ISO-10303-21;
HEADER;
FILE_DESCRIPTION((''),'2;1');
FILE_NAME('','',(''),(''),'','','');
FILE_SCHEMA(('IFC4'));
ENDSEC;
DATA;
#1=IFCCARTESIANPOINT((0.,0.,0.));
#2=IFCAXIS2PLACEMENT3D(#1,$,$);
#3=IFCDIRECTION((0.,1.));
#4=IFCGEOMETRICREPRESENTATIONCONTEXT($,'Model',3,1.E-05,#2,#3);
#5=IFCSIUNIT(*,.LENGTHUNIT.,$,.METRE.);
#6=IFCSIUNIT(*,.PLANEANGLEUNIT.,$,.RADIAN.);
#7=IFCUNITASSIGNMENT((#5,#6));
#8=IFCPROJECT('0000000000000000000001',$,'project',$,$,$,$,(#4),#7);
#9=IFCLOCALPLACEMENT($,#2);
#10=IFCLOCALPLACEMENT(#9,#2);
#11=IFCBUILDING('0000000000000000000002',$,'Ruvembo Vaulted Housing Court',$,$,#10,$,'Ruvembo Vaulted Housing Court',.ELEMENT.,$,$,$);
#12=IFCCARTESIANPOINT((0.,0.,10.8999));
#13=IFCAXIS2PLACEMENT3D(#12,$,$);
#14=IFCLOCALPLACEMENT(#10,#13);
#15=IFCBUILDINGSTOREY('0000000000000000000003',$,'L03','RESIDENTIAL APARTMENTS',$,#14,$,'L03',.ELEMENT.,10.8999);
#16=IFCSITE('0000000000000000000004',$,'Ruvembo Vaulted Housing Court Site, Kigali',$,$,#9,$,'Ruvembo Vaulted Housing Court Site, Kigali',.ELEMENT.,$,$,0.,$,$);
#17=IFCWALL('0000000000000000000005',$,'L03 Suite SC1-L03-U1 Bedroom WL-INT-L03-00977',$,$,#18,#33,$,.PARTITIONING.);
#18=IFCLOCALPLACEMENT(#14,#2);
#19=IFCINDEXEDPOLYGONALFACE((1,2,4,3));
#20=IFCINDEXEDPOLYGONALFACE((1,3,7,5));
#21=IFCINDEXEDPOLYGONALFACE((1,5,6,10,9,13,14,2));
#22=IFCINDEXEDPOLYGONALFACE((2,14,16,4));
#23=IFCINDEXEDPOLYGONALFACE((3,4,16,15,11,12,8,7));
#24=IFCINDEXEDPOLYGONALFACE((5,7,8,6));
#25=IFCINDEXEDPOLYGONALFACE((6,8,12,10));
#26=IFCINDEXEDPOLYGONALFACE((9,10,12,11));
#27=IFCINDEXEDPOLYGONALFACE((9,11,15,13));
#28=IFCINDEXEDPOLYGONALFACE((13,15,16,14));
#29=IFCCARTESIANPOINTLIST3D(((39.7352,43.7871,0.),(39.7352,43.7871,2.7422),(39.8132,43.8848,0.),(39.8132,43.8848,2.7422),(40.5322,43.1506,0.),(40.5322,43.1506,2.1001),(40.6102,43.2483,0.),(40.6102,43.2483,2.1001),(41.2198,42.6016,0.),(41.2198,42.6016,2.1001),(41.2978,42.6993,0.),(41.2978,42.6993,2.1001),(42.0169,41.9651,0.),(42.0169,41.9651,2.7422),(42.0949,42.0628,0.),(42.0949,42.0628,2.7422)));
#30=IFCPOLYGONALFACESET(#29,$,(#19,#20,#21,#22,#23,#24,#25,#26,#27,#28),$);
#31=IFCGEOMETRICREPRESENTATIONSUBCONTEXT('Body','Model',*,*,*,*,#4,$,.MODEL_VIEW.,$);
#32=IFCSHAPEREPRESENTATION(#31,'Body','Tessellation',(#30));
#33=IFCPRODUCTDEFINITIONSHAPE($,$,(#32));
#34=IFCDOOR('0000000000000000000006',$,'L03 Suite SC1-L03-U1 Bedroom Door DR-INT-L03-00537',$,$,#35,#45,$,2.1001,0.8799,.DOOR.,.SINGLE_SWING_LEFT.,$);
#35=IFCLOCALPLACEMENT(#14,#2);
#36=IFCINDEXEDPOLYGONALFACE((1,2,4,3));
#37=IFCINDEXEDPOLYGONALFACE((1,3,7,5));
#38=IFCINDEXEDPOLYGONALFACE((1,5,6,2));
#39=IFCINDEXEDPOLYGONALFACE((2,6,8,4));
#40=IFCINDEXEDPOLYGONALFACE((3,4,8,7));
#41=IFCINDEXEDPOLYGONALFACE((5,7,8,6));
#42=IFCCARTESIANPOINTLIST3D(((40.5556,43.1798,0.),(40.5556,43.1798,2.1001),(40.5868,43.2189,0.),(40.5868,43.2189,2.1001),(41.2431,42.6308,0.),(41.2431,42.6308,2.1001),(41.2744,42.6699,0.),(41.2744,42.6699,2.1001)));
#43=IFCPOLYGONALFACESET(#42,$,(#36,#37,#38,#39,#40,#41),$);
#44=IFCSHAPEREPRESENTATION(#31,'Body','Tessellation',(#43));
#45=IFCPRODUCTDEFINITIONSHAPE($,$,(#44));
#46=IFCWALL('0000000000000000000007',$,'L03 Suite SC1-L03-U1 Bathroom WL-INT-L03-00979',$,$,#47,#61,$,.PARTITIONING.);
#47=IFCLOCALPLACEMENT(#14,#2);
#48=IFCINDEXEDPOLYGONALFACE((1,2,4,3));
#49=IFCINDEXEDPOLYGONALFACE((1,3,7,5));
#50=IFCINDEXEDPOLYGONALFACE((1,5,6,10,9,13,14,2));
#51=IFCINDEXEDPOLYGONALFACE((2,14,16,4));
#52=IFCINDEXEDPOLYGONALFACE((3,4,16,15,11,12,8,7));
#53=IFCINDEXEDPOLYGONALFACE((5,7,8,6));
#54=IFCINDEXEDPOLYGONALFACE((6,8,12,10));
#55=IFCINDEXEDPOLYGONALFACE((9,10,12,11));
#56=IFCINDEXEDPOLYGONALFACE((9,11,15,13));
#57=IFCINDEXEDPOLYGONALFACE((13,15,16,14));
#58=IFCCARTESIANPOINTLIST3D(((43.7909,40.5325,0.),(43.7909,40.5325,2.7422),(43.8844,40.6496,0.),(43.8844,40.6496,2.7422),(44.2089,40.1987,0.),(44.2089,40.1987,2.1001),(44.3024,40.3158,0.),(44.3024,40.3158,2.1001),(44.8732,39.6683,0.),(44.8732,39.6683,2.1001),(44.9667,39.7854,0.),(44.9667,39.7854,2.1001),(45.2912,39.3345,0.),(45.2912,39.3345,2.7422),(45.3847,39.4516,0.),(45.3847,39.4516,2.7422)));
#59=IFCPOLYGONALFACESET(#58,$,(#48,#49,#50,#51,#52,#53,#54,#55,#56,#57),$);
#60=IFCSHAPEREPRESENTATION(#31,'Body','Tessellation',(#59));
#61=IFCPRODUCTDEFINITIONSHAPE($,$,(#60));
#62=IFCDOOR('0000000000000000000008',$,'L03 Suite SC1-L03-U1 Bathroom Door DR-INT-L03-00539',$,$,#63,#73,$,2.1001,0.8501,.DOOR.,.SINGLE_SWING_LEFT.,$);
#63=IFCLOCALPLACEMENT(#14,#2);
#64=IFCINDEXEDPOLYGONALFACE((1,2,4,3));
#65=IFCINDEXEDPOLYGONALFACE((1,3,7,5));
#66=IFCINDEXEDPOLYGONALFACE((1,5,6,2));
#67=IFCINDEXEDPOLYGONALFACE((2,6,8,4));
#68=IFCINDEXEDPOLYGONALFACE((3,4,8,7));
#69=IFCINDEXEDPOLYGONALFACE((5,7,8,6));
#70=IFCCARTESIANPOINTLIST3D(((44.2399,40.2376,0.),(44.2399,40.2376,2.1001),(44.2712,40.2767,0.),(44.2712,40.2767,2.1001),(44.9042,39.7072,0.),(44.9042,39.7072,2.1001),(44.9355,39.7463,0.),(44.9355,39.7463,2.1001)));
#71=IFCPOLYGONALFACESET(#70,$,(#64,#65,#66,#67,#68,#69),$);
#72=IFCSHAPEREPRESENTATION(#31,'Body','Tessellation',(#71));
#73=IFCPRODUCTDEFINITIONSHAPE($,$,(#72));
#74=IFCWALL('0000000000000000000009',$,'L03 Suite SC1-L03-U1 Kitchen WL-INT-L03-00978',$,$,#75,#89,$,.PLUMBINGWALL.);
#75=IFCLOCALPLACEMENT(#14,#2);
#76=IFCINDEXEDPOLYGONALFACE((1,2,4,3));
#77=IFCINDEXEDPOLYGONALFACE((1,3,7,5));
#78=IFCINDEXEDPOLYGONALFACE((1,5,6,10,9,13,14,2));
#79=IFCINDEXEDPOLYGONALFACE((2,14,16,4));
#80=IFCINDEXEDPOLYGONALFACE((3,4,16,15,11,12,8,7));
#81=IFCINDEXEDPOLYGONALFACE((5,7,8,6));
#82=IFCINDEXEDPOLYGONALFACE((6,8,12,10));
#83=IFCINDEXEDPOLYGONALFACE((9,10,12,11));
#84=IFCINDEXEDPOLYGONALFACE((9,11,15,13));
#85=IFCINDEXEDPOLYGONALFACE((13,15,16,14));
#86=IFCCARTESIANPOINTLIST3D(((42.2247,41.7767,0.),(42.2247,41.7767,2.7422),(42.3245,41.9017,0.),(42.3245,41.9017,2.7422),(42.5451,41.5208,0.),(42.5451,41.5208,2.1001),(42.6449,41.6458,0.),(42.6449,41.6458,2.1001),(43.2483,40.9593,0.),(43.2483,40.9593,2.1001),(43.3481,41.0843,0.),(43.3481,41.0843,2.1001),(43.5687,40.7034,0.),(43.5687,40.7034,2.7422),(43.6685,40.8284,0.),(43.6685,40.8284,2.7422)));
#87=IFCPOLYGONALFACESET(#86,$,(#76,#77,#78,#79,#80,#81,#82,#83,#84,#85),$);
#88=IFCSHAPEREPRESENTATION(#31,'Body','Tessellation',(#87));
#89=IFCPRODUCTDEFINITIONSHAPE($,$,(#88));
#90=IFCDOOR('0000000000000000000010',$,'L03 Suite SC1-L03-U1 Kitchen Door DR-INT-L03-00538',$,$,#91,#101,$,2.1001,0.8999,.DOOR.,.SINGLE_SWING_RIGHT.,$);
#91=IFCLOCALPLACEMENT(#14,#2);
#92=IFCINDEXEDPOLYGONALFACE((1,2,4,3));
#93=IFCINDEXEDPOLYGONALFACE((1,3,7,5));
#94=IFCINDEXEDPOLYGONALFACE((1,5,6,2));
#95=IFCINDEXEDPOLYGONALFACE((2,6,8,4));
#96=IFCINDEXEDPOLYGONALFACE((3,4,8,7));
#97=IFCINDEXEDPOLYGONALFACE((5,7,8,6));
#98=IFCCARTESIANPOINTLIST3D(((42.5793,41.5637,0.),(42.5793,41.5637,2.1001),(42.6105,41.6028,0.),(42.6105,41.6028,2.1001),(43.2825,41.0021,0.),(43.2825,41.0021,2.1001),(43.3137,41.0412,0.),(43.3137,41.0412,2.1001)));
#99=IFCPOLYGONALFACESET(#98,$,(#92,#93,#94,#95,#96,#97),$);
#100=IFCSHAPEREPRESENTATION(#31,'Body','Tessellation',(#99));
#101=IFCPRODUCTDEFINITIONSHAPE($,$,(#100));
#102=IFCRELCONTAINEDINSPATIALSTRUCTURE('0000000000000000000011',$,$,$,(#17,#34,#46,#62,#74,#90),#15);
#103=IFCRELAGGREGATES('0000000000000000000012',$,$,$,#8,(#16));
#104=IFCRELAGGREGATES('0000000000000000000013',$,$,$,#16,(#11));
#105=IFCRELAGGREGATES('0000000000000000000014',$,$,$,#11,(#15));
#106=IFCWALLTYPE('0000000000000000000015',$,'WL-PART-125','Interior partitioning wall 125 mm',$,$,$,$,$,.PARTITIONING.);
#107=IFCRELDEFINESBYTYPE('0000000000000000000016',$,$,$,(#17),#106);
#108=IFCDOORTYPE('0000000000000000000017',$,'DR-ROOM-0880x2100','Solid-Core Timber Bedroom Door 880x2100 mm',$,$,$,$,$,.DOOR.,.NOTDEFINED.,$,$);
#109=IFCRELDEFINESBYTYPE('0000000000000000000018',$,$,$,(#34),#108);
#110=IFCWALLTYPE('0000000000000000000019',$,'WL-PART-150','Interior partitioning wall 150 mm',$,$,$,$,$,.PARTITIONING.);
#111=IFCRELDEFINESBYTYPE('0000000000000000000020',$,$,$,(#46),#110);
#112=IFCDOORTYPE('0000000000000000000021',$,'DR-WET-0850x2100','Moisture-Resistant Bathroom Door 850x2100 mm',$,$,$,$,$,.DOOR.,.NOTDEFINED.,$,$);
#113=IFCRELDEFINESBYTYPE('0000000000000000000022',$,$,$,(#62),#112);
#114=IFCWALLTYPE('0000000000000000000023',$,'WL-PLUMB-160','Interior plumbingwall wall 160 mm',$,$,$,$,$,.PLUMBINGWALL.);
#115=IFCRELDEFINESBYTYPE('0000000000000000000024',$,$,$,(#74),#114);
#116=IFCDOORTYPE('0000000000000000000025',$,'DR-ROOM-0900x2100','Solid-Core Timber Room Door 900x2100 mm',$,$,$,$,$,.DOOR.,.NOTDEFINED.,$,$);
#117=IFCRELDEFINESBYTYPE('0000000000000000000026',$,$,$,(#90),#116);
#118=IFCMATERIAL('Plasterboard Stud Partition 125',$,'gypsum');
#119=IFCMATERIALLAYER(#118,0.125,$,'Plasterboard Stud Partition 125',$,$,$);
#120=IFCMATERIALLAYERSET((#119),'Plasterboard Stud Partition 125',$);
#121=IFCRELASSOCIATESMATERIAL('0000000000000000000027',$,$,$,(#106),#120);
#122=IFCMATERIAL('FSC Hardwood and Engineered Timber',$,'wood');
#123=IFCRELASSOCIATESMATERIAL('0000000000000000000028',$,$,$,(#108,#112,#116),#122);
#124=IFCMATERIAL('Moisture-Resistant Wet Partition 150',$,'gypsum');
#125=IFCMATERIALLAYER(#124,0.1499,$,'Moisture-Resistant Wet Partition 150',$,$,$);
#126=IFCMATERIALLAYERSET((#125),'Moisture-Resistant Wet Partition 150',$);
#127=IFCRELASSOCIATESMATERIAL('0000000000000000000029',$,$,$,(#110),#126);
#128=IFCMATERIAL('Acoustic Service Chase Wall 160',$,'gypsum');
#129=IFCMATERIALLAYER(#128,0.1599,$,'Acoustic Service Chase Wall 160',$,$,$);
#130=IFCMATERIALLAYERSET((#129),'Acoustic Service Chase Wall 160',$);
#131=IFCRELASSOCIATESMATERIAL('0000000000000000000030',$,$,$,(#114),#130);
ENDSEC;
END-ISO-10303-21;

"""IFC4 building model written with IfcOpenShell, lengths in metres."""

from ifc_helpers import new_model, si_unit, direction, frame, frame_2d, origin, place, context, subcontext, project, spatial, rectangle, extrude, material, layer, layer_set, type_object, element, fill, save


model = new_model("IFC4")

# Units and contexts
model_context = context("Model", 3, precision=1e-05, world=origin(), true_north=direction((0.0, 1.0)))
body_context = subcontext(model_context, "Body", "Model", "MODEL_VIEW")
ifc_project = project(units=[si_unit("LENGTHUNIT", "METRE"), si_unit("PLANEANGLEUNIT", "RADIAN")], contexts=[model_context])

# Site, building, storey
site_placement = place(None, origin())
site = spatial("IfcSite", under=ifc_project, at=site_placement, Name="Ruvembo Vaulted Housing Court Site, Kigali", LongName="Ruvembo Vaulted Housing Court Site, Kigali", CompositionType="ELEMENT", RefElevation=0.0)
building_placement = place(site_placement, origin())
building = spatial("IfcBuilding", under=site, at=building_placement, Name="Ruvembo Vaulted Housing Court", LongName="Ruvembo Vaulted Housing Court", CompositionType="ELEMENT")
storey_placement = place(building_placement, frame((0.0, 0.0, 10.8999)))
storey = spatial("IfcBuildingStorey", under=building, at=storey_placement, Name="L03", Description="RESIDENTIAL APARTMENTS", LongName="L03", CompositionType="ELEMENT", Elevation=10.8999)

# Shared definitions
ifc_material_1 = material(Name="FSC Hardwood and Engineered Timber", Category="wood")

# Walls, openings, doors
ifc_material_2 = material(Name="Plasterboard Stud Partition 125", Category="gypsum")
ifc_layer_1 = layer(ifc_material_2, 0.125, Name="Plasterboard Stud Partition 125")
ifc_layer_set_1 = layer_set([ifc_layer_1], Name="Plasterboard Stud Partition 125")
wall_type_1 = type_object("IfcWallType", Name="WL-PART-125", Description="Interior partitioning wall 125 mm", PredefinedType="PARTITIONING", material=ifc_layer_set_1)
wall_1_placement = place(storey_placement, frame((39.7742, 43.8359, 0.0), z_axis=(0.0, 0.0, 1.0), x_axis=(0.781431, -0.623991, 0.0)))
wall_1 = element("IfcWall", 1, at=wall_1_placement, inside=storey, type_object=wall_type_1, Name="L03 Suite SC1-L03-U1 Bedroom WL-INT-L03-00977", PredefinedType="PARTITIONING", context=body_context, shape_type="SweptSolid", body=[
    extrude(rectangle(XDim=2.9199, YDim=0.125, at=frame_2d((1.46, 0.0))), origin(), (0.0, 0.0, 1.0), 2.7422),
])
opening_1_placement = place(wall_1_placement, frame((1.02, 0.0, 0.0)))
opening_1 = element("IfcOpeningElement", 2, at=opening_1_placement, cuts=wall_1, PredefinedType="OPENING", context=body_context, shape_type="SweptSolid", body=[
    extrude(rectangle(XDim=0.8799, YDim=2.1001, at=frame_2d((0.4399, 1.05))), frame((0.0, 0.0725, 0.0), z_axis=(0.0, -1.0, 0.0), x_axis=(1.0, 0.0, 0.0)), (0.0, 0.0, 1.0), 0.145),
])
door_type_1 = type_object("IfcDoorType", Name="DR-ROOM-0880x2100", Description="Solid-Core Timber Bedroom Door 880x2100 mm", OperationType="NOTDEFINED", PredefinedType="DOOR", material=ifc_material_1)
door_1_placement = place(opening_1_placement, origin())
door_1 = element("IfcDoor", 3, at=door_1_placement, inside=storey, type_object=door_type_1, Name="L03 Suite SC1-L03-U1 Bedroom Door DR-INT-L03-00537", OperationType="SINGLE_SWING_LEFT", OverallHeight=2.1001, OverallWidth=0.8799, PredefinedType="DOOR", context=body_context, shape_type="SweptSolid", body=[
    extrude(rectangle(XDim=0.8799, YDim=2.1001, at=frame_2d((0.4399, 1.05))), frame((0.0, 0.0249, 0.0), z_axis=(0.0, -1.0, 0.0), x_axis=(1.0, 0.0, 0.0)), (0.0, 0.0, 1.0), 0.05),
])
fill(opening_1, door_1)
ifc_material_3 = material(Name="Moisture-Resistant Wet Partition 150", Category="gypsum")
ifc_layer_2 = layer(ifc_material_3, 0.1499, Name="Moisture-Resistant Wet Partition 150")
ifc_layer_set_2 = layer_set([ifc_layer_2], Name="Moisture-Resistant Wet Partition 150")
wall_type_2 = type_object("IfcWallType", Name="WL-PART-150", Description="Interior partitioning wall 150 mm", PredefinedType="PARTITIONING", material=ifc_layer_set_2)
wall_2_placement = place(storey_placement, frame((43.8376, 40.5911, 0.0), z_axis=(0.0, 0.0, 1.0), x_axis=(0.781427, -0.623997, 0.0)))
wall_2 = element("IfcWall", 4, at=wall_2_placement, inside=storey, type_object=wall_type_2, Name="L03 Suite SC1-L03-U1 Bathroom WL-INT-L03-00979", PredefinedType="PARTITIONING", context=body_context, shape_type="SweptSolid", body=[
    extrude(rectangle(XDim=1.9199, YDim=0.1499, at=frame_2d((0.96, 0.0))), origin(), (0.0, 0.0, 1.0), 2.7422),
])
opening_2_placement = place(wall_2_placement, frame((0.5349, 0.0, 0.0)))
opening_2 = element("IfcOpeningElement", 5, at=opening_2_placement, cuts=wall_2, PredefinedType="OPENING", context=body_context, shape_type="SweptSolid", body=[
    extrude(rectangle(XDim=0.8501, YDim=2.1001, at=frame_2d((0.425, 1.05))), frame((0.0, 0.085, 0.0), z_axis=(0.0, -1.0, 0.0), x_axis=(1.0, 0.0, 0.0)), (0.0, 0.0, 1.0), 0.1699),
])
door_type_2 = type_object("IfcDoorType", Name="DR-WET-0850x2100", Description="Moisture-Resistant Bathroom Door 850x2100 mm", OperationType="NOTDEFINED", PredefinedType="DOOR", material=ifc_material_1)
door_2_placement = place(opening_2_placement, origin())
door_2 = element("IfcDoor", 6, at=door_2_placement, inside=storey, type_object=door_type_2, Name="L03 Suite SC1-L03-U1 Bathroom Door DR-INT-L03-00539", OperationType="SINGLE_SWING_LEFT", OverallHeight=2.1001, OverallWidth=0.8501, PredefinedType="DOOR", context=body_context, shape_type="SweptSolid", body=[
    extrude(rectangle(XDim=0.8501, YDim=2.1001, at=frame_2d((0.425, 1.05))), frame((0.0, 0.0249, 0.0), z_axis=(0.0, -1.0, 0.0), x_axis=(1.0, 0.0, 0.0)), (0.0, 0.0, 1.0), 0.05),
])
fill(opening_2, door_2)
ifc_material_4 = material(Name="Acoustic Service Chase Wall 160", Category="gypsum")
ifc_layer_3 = layer(ifc_material_4, 0.1599, Name="Acoustic Service Chase Wall 160")
ifc_layer_set_3 = layer_set([ifc_layer_3], Name="Acoustic Service Chase Wall 160")
wall_type_3 = type_object("IfcWallType", Name="WL-PLUMB-160", Description="Interior plumbingwall wall 160 mm", PredefinedType="PLUMBINGWALL", material=ifc_layer_set_3)
wall_3_placement = place(storey_placement, frame((42.2747, 41.8391, 0.0), z_axis=(0.0, 0.0, 1.0), x_axis=(0.781422, -0.624002, 0.0)))
wall_3 = element("IfcWall", 7, at=wall_3_placement, inside=storey, type_object=wall_type_3, Name="L03 Suite SC1-L03-U1 Kitchen WL-INT-L03-00978", PredefinedType="PLUMBINGWALL", context=body_context, shape_type="SweptSolid", body=[
    extrude(rectangle(XDim=1.72, YDim=0.1599, at=frame_2d((0.8599, 0.0))), origin(), (0.0, 0.0, 1.0), 2.7422),
])
opening_3_placement = place(wall_3_placement, frame((0.4099, 0.0, 0.0)))
opening_3 = element("IfcOpeningElement", 8, at=opening_3_placement, cuts=wall_3, PredefinedType="OPENING", context=body_context, shape_type="SweptSolid", body=[
    extrude(rectangle(XDim=0.8999, YDim=2.1001, at=frame_2d((0.45, 1.05))), frame((0.0, 0.0898, 0.0), z_axis=(0.0, -1.0, 0.0), x_axis=(1.0, 0.0, 0.0)), (0.0, 0.0, 1.0), 0.1799),
])
door_type_3 = type_object("IfcDoorType", Name="DR-ROOM-0900x2100", Description="Solid-Core Timber Room Door 900x2100 mm", OperationType="NOTDEFINED", PredefinedType="DOOR", material=ifc_material_1)
door_3_placement = place(opening_3_placement, origin())
door_3 = element("IfcDoor", 9, at=door_3_placement, inside=storey, type_object=door_type_3, Name="L03 Suite SC1-L03-U1 Kitchen Door DR-INT-L03-00538", OperationType="SINGLE_SWING_RIGHT", OverallHeight=2.1001, OverallWidth=0.8999, PredefinedType="DOOR", context=body_context, shape_type="SweptSolid", body=[
    extrude(rectangle(XDim=0.8999, YDim=2.1001, at=frame_2d((0.45, 1.05))), frame((0.0, 0.0249, 0.0), z_axis=(0.0, -1.0, 0.0), x_axis=(1.0, 0.0, 0.0)), (0.0, 0.0, 1.0), 0.05),
])
fill(opening_3, door_3)

save(model, "model.ifc")
